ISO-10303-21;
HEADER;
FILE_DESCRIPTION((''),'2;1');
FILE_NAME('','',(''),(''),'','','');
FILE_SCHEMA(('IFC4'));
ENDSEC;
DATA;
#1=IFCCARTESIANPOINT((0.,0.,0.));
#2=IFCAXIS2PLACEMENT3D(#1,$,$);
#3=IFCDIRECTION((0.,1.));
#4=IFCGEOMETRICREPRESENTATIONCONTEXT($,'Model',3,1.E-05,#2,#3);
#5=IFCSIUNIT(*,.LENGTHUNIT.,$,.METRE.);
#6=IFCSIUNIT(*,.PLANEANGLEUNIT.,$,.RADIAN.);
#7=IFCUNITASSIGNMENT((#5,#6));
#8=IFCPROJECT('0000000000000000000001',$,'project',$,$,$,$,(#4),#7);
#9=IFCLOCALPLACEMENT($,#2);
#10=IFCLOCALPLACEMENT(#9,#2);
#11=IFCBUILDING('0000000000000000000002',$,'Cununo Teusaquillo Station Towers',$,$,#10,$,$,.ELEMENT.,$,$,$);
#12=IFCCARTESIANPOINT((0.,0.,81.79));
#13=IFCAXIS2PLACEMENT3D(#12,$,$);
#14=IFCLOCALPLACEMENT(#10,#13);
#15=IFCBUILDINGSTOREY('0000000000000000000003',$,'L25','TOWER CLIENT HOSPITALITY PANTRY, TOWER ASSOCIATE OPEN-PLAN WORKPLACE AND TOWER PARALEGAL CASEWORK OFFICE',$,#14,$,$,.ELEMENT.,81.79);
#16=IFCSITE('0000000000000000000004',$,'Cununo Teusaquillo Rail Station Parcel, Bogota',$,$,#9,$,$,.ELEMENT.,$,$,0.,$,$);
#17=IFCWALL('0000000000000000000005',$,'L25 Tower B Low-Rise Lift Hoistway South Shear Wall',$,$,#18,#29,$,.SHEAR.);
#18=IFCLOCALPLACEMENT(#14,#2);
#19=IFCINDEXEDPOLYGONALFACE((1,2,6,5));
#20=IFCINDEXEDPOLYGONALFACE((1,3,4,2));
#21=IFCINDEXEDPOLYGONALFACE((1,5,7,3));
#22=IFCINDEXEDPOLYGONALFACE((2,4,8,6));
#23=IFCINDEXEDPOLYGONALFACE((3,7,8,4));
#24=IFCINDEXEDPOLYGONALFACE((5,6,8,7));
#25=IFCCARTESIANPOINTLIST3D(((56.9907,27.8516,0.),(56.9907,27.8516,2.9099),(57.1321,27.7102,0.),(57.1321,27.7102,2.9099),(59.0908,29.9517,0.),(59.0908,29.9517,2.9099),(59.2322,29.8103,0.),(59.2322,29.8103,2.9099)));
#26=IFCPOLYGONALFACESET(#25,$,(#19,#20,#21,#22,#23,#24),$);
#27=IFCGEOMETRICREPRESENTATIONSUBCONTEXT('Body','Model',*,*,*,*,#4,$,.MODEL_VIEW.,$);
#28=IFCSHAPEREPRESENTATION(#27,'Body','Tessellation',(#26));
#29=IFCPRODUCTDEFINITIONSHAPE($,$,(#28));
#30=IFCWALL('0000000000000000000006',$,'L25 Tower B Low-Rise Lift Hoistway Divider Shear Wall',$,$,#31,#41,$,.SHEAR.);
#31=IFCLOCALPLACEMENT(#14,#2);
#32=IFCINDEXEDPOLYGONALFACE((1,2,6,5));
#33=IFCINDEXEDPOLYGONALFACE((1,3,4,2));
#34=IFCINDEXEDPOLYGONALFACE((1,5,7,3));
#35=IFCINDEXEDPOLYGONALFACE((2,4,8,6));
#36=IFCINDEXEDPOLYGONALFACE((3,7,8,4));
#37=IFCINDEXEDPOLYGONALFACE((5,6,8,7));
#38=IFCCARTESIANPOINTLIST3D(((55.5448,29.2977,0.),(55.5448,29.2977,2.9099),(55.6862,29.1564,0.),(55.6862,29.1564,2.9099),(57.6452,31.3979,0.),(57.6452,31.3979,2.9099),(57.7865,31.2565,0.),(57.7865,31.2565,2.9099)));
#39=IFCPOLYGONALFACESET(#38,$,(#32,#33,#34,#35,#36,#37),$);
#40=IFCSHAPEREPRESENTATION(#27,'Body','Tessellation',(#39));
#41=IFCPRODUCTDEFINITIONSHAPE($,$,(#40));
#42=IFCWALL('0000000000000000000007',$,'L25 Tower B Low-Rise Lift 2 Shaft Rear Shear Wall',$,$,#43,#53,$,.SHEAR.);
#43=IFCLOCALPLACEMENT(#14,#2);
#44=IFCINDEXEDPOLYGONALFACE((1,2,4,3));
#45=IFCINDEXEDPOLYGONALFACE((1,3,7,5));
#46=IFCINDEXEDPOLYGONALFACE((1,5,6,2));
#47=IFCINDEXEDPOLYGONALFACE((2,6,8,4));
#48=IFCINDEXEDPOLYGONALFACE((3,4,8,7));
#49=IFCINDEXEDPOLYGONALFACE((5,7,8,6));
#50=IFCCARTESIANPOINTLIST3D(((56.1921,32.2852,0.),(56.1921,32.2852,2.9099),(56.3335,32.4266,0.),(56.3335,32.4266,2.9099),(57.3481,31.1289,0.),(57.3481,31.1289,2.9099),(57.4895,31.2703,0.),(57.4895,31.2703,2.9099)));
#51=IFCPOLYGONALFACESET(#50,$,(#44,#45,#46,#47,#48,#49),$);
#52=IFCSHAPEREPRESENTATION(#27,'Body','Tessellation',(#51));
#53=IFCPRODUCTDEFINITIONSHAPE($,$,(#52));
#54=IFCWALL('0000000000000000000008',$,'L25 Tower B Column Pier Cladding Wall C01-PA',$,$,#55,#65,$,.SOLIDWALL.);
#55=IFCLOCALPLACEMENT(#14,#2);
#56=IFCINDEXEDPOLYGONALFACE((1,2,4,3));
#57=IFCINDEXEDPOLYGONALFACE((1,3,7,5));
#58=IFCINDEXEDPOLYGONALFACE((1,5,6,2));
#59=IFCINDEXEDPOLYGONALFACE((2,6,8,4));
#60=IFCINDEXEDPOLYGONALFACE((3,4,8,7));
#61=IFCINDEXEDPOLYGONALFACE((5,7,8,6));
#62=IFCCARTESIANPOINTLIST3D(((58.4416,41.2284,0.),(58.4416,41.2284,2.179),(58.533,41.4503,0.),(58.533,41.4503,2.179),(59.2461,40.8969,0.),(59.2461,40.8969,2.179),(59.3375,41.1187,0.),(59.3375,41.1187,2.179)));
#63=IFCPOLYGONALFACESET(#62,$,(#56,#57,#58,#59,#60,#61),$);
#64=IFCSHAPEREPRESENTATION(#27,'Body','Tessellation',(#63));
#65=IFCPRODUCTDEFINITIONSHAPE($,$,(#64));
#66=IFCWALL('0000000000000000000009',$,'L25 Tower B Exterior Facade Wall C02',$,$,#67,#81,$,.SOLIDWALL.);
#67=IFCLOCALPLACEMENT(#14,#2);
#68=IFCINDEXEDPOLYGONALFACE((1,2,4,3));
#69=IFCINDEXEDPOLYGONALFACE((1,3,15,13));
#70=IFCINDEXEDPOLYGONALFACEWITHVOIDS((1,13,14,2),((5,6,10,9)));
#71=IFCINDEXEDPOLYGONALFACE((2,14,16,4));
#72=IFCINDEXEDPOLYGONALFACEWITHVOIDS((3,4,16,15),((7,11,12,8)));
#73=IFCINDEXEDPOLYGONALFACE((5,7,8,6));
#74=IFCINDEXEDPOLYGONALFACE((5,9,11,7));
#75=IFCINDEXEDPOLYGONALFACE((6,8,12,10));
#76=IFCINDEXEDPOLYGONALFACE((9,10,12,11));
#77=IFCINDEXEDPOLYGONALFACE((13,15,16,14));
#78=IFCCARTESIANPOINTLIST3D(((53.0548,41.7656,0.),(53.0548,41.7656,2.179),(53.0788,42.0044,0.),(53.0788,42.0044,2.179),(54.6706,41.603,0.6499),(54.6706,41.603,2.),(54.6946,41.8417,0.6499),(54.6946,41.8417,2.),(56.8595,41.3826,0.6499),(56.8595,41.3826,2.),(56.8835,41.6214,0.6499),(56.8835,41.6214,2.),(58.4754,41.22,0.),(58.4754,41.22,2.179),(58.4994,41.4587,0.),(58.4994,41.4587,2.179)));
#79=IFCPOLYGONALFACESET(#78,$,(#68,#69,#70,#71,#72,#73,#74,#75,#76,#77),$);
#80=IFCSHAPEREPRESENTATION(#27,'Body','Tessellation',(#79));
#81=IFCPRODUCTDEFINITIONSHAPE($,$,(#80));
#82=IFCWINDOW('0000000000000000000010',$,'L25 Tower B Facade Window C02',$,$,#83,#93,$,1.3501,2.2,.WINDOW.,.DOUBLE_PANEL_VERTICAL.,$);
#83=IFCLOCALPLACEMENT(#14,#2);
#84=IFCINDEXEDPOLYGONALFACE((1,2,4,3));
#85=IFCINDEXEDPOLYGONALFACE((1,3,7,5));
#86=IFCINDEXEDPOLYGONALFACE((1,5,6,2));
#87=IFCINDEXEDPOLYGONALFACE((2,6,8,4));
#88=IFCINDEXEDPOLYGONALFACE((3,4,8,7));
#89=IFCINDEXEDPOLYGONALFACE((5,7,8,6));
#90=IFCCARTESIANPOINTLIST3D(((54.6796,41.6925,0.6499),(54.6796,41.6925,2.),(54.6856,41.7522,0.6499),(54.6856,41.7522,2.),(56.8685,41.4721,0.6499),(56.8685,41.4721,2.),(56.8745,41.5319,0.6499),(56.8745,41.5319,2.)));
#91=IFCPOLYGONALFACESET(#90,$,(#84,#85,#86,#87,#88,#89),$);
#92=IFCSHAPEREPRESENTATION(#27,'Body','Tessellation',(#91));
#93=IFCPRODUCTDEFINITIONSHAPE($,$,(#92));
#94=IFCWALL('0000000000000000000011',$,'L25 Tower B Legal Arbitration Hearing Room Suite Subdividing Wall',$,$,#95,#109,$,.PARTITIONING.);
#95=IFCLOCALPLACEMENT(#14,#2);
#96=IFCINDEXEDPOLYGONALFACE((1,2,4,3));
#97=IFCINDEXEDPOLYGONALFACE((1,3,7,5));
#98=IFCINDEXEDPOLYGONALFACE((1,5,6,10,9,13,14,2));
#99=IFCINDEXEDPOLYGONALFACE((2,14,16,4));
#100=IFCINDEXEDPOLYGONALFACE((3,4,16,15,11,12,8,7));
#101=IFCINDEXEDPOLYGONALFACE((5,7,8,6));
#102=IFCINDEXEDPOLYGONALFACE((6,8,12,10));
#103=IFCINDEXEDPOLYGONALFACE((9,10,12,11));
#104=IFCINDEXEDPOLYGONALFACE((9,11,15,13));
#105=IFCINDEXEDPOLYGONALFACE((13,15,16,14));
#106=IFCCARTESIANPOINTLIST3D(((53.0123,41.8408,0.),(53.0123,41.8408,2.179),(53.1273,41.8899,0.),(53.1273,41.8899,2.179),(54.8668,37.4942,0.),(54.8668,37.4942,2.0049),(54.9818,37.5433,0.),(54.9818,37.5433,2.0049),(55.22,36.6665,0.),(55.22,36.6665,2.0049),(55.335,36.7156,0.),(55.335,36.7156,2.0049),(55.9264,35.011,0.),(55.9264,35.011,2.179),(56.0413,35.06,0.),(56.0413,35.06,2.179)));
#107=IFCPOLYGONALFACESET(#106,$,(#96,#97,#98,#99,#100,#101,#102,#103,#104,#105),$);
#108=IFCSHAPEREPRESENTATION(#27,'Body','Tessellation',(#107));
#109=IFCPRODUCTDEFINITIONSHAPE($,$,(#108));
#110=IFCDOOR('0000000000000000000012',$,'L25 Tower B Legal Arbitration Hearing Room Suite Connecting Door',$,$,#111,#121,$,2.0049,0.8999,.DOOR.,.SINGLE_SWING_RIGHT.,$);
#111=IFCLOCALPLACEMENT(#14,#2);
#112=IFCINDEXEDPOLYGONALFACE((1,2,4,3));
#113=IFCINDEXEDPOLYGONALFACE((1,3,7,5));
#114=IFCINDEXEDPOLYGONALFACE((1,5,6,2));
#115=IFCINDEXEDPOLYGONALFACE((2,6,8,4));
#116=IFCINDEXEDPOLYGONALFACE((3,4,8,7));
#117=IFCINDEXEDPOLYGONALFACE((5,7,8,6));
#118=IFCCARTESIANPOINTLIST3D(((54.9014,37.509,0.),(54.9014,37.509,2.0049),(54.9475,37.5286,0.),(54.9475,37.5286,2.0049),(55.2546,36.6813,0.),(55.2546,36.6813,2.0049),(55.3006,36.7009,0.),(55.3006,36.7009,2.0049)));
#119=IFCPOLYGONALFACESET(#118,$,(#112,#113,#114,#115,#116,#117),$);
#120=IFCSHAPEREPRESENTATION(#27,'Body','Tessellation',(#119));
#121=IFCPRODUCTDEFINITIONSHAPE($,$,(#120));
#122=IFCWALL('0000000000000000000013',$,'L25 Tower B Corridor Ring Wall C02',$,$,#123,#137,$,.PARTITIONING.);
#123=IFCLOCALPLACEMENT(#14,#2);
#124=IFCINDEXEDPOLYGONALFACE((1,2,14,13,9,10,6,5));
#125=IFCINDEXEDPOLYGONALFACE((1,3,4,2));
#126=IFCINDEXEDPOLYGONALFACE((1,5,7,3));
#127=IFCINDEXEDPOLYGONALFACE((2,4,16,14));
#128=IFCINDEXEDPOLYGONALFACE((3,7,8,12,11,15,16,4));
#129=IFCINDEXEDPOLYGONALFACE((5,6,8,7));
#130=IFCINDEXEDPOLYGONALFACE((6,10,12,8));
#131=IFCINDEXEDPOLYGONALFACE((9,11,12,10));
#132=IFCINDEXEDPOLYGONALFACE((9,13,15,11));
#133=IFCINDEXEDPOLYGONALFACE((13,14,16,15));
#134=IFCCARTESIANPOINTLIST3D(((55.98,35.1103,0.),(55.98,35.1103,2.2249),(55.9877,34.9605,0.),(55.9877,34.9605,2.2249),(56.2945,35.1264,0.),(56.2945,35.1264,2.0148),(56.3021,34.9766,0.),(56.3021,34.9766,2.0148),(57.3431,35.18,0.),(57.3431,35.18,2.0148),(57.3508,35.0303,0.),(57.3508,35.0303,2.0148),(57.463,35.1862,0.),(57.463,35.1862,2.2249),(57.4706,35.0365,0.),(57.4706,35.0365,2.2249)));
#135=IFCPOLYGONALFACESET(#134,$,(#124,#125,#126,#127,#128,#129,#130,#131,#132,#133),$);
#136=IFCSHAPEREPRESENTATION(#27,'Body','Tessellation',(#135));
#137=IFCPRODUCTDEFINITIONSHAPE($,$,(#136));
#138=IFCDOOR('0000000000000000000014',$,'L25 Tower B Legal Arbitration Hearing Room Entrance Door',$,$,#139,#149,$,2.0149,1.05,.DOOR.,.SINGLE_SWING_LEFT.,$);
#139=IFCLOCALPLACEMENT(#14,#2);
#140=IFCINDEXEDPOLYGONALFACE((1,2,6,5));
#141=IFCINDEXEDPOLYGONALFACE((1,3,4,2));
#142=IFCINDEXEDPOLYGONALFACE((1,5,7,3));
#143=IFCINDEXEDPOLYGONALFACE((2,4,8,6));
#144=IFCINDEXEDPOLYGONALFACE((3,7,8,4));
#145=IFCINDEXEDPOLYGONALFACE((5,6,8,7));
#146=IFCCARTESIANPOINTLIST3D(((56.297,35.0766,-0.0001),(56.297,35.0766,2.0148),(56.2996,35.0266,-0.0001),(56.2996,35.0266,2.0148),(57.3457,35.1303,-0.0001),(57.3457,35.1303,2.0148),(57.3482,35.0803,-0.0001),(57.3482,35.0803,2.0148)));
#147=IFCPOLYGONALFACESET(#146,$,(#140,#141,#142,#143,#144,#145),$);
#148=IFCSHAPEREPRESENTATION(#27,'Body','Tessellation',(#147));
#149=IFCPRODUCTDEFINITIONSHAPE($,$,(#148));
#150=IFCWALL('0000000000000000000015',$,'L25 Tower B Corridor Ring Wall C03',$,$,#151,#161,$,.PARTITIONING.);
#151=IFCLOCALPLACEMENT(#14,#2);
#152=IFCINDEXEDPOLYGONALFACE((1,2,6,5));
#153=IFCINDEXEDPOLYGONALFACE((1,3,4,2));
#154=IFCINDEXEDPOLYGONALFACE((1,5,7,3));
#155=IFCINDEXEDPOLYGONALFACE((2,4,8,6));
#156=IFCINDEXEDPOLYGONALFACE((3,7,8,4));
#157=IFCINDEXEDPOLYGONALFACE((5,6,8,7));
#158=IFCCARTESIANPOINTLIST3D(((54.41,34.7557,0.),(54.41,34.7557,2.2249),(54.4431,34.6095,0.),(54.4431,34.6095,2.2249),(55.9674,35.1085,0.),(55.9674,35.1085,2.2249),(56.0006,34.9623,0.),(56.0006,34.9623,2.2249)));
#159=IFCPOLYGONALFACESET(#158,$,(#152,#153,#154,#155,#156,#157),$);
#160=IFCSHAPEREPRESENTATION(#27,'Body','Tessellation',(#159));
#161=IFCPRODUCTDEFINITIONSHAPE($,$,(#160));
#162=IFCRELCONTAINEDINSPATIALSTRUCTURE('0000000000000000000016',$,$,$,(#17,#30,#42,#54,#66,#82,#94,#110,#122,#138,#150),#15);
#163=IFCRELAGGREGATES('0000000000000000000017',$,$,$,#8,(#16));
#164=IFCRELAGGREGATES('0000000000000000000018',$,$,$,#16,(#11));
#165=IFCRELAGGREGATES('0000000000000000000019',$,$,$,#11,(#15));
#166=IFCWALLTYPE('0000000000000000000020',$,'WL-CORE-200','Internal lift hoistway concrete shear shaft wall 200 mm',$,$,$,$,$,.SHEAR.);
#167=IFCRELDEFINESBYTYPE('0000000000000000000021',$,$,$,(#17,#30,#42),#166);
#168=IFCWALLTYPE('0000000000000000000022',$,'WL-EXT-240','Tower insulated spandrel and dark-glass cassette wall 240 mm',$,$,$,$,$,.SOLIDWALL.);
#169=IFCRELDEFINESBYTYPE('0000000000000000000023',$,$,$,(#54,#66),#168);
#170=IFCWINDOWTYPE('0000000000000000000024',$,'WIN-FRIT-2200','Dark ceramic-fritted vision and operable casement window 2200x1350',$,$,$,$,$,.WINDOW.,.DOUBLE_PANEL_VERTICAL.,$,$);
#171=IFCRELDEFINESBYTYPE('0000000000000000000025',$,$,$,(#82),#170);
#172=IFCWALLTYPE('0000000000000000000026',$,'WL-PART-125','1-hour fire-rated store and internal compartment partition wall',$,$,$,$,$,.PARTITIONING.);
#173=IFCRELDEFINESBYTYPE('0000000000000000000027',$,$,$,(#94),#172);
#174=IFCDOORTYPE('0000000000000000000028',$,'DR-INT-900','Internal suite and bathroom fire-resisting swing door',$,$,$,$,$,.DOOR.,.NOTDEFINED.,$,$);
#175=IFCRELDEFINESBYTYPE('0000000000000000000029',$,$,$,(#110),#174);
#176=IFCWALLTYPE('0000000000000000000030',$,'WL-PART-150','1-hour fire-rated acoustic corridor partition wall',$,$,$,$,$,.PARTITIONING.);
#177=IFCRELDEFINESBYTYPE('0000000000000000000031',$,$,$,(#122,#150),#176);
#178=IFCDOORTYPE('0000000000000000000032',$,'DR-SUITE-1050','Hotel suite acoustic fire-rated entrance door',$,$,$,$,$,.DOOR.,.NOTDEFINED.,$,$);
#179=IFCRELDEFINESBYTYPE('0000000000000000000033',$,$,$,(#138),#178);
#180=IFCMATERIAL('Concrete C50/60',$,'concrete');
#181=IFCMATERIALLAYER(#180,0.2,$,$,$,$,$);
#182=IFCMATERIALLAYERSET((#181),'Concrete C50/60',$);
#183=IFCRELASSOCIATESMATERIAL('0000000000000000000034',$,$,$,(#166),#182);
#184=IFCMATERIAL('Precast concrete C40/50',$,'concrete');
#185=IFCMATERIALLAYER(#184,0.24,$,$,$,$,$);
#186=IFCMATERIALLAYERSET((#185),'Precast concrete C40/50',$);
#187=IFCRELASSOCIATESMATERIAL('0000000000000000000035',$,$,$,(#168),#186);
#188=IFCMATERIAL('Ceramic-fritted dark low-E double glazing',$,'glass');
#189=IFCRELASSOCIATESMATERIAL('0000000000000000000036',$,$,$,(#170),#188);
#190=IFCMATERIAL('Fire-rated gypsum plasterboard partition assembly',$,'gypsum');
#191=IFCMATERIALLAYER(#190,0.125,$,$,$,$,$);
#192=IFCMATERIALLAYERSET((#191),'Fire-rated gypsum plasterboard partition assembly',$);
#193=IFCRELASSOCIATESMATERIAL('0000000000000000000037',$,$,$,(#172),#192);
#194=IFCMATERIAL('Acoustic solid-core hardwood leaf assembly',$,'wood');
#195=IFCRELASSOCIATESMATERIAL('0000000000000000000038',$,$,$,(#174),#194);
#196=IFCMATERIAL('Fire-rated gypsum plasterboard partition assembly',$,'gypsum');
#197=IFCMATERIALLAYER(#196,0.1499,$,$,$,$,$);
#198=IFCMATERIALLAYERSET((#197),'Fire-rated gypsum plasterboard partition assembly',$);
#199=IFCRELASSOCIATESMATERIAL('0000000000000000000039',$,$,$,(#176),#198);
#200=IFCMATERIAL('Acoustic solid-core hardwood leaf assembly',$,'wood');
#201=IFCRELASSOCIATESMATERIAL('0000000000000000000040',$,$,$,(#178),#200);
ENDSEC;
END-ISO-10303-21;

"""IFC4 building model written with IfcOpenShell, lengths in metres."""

from ifc_helpers import new_model, si_unit, direction, frame, frame_2d, origin, place, context, subcontext, project, spatial, rectangle, extrude, source, transform, mapped, material, layer, layer_set, type_object, element, fill, save


model = new_model("IFC4")

# Units and contexts
model_context = context("Model", 3, precision=1e-05, world=origin(), true_north=direction((0.0, 1.0)))
body_context = subcontext(model_context, "Body", "Model", "MODEL_VIEW")
ifc_project = project(units=[si_unit("LENGTHUNIT", "METRE"), si_unit("PLANEANGLEUNIT", "RADIAN")], contexts=[model_context])

# Site, building, storey
site_placement = place(None, origin())
site = spatial("IfcSite", under=ifc_project, at=site_placement, Name="Cununo Teusaquillo Rail Station Parcel, Bogota", CompositionType="ELEMENT", RefElevation=0.0)
building_placement = place(site_placement, origin())
building = spatial("IfcBuilding", under=site, at=building_placement, Name="Cununo Teusaquillo Station Towers", CompositionType="ELEMENT")
storey_placement = place(building_placement, frame((0.0, 0.0, 81.79)))
storey = spatial("IfcBuildingStorey", under=building, at=storey_placement, Name="L25", Description="TOWER CLIENT HOSPITALITY PANTRY, TOWER ASSOCIATE OPEN-PLAN WORKPLACE AND TOWER PARALEGAL CASEWORK OFFICE", CompositionType="ELEMENT", Elevation=81.79)

# Walls
ifc_material_1 = material(Name="Concrete C50/60", Category="concrete")
ifc_layer_1 = layer(ifc_material_1, 0.2)
ifc_layer_set_1 = layer_set([ifc_layer_1], Name="Concrete C50/60")
wall_type_1 = type_object("IfcWallType", Name="WL-CORE-200", Description="Internal lift hoistway concrete shear shaft wall 200 mm", PredefinedType="SHEAR", material=ifc_layer_set_1)
wall_1_placement = place(storey_placement, frame((57.0615, 27.781, 0.0), z_axis=(0.0, 0.0, 1.0), x_axis=(0.707107, 0.707107, 0.0)))
element("IfcWall", 1, at=wall_1_placement, inside=storey, type_object=wall_type_1, Name="L25 Tower B Low-Rise Lift Hoistway South Shear Wall", PredefinedType="SHEAR", context=body_context, shape_type="SweptSolid", body=[
    extrude(rectangle(XDim=2.97, YDim=0.2, at=frame_2d((1.4849, 0.0))), origin(), (0.0, 0.0, 1.0), 2.9099),
])
wall_2_placement = place(storey_placement, frame((55.6155, 29.2271, 0.0), z_axis=(0.0, 0.0, 1.0), x_axis=(0.707148, 0.707066, 0.0)))
element("IfcWall", 2, at=wall_2_placement, inside=storey, type_object=wall_type_1, Name="L25 Tower B Low-Rise Lift Hoistway Divider Shear Wall", PredefinedType="SHEAR", context=body_context, shape_type="SweptSolid", body=[
    extrude(rectangle(XDim=2.9702, YDim=0.2, at=frame_2d((1.4851, 0.0))), origin(), (0.0, 0.0, 1.0), 2.9099),
])
wall_3_placement = place(storey_placement, frame((57.4187, 31.1997, 0.0), z_axis=(0.0, 0.0, 1.0), x_axis=(-0.707032, 0.707181, 0.0)))
element("IfcWall", 3, at=wall_3_placement, inside=storey, type_object=wall_type_1, Name="L25 Tower B Low-Rise Lift 2 Shaft Rear Shear Wall", PredefinedType="SHEAR", context=body_context, shape_type="SweptSolid", body=[
    extrude(rectangle(XDim=1.635, YDim=0.2, at=frame_2d((0.8174, 0.0))), origin(), (0.0, 0.0, 1.0), 2.9099),
])
ifc_material_2 = material(Name="Precast concrete C40/50", Category="concrete")
ifc_layer_2 = layer(ifc_material_2, 0.24)
ifc_layer_set_2 = layer_set([ifc_layer_2], Name="Precast concrete C40/50")
wall_type_2 = type_object("IfcWallType", Name="WL-EXT-240", Description="Tower insulated spandrel and dark-glass cassette wall 240 mm", PredefinedType="SOLIDWALL", material=ifc_layer_set_2)
wall_4_placement = place(storey_placement, frame((58.4873, 41.3394, 0.0), z_axis=(0.0, 0.0, 1.0), x_axis=(0.924556, -0.381046, 0.0)))
element("IfcWall", 4, at=wall_4_placement, inside=storey, type_object=wall_type_2, Name="L25 Tower B Column Pier Cladding Wall C01-PA", PredefinedType="SOLIDWALL", context=body_context, shape_type="SweptSolid", body=[
    extrude(rectangle(XDim=0.8701, YDim=0.24, at=frame_2d((0.4351, 0.0))), origin(), (0.0, 0.0, 1.0), 2.179),
])

# Wall, opening, window
wall_5_placement = place(storey_placement, frame((53.0667, 41.885, 0.0), z_axis=(0.0, 0.0, 1.0), x_axis=(0.994972, -0.100156, 0.0)))
wall_5 = element("IfcWall", 5, at=wall_5_placement, inside=storey, type_object=wall_type_2, Name="L25 Tower B Exterior Facade Wall C02", PredefinedType="SOLIDWALL", context=body_context, shape_type="SweptSolid", body=[
    extrude(rectangle(XDim=5.448, YDim=0.24, at=frame_2d((2.7241, 0.0))), origin(), (0.0, 0.0, 1.0), 2.179),
])
shared_shape_1 = source(origin(), body_context, "Body", "SweptSolid", [
    extrude(rectangle(XDim=2.2, YDim=1.3501, at=frame_2d((1.1001, 0.675))), frame((0.0, 0.1299, 0.0), z_axis=(0.0, -1.0, 0.0), x_axis=(1.0, 0.0, 0.0)), (0.0, 0.0, 1.0), 0.26),
])
opening_1_placement = place(wall_5_placement, frame((1.624, 0.0, 0.6499)))
opening_1 = element("IfcOpeningElement", 6, at=opening_1_placement, cuts=wall_5, PredefinedType="OPENING", context=body_context, shape_type="MappedRepresentation", body=[
    mapped(shared_shape_1, transform((0.0, 0.0, 0.0), x_axis=(1.0, 0.0, 0.0), y_axis=(0.0, 1.0, 0.0), z_axis=(0.0, 0.0, 1.0), scale=1.0)),
])
ifc_material_3 = material(Name="Ceramic-fritted dark low-E double glazing", Category="glass")
window_type = type_object("IfcWindowType", Name="WIN-FRIT-2200", Description="Dark ceramic-fritted vision and operable casement window 2200x1350", PartitioningType="DOUBLE_PANEL_VERTICAL", PredefinedType="WINDOW", material=ifc_material_3)
shared_shape_2 = source(origin(), body_context, "Body", "SweptSolid", [
    extrude(rectangle(XDim=2.2, YDim=1.3501, at=frame_2d((1.1001, 0.675))), frame((0.0, 0.03, 0.0), z_axis=(0.0, -1.0, 0.0), x_axis=(1.0, 0.0, 0.0)), (0.0, 0.0, 1.0), 0.0601),
])
window_placement = place(opening_1_placement, origin())
window = element("IfcWindow", 7, at=window_placement, inside=storey, type_object=window_type, Name="L25 Tower B Facade Window C02", OverallHeight=1.3501, OverallWidth=2.2, PartitioningType="DOUBLE_PANEL_VERTICAL", PredefinedType="WINDOW", context=body_context, shape_type="MappedRepresentation", body=[
    mapped(shared_shape_2, transform((0.0, 0.0, 0.0), x_axis=(1.0, 0.0, 0.0), y_axis=(0.0, 1.0, 0.0), z_axis=(0.0, 0.0, 1.0), scale=1.0)),
])
fill(opening_1, window)

# Walls, openings, doors
ifc_material_4 = material(Name="Fire-rated gypsum plasterboard partition assembly", Category="gypsum")
ifc_layer_3 = layer(ifc_material_4, 0.125)
ifc_layer_set_3 = layer_set([ifc_layer_3], Name="Fire-rated gypsum plasterboard partition assembly")
wall_type_3 = type_object("IfcWallType", Name="WL-PART-125", Description="1-hour fire-rated store and internal compartment partition wall", PredefinedType="PARTITIONING", material=ifc_layer_set_3)
wall_6_placement = place(storey_placement, frame((55.9839, 35.0354, 0.0), z_axis=(0.0, 0.0, 1.0), x_axis=(-0.392439, 0.919778, 0.0)))
wall_6 = element("IfcWall", 8, at=wall_6_placement, inside=storey, type_object=wall_type_3, Name="L25 Tower B Legal Arbitration Hearing Room Suite Subdividing Wall", PredefinedType="PARTITIONING", context=body_context, shape_type="SweptSolid", body=[
    extrude(rectangle(XDim=7.4255, YDim=0.125, at=frame_2d((3.7129, 0.0))), origin(), (0.0, 0.0, 1.0), 2.179),
])
shared_shape_3 = source(origin(), body_context, "Body", "SweptSolid", [
    extrude(rectangle(XDim=0.8999, YDim=2.0049, at=frame_2d((0.45, 1.0024))), frame((0.0, 0.0725, 0.0), z_axis=(0.0, -1.0, 0.0), x_axis=(1.0, 0.0, 0.0)), (0.0, 0.0, 1.0), 0.145),
])
opening_2_placement = place(wall_6_placement, frame((1.8, 0.0, 0.0)))
opening_2 = element("IfcOpeningElement", 9, at=opening_2_placement, cuts=wall_6, PredefinedType="OPENING", context=body_context, shape_type="MappedRepresentation", body=[
    mapped(shared_shape_3, transform((0.0, 0.0, 0.0), x_axis=(1.0, 0.0, 0.0), y_axis=(0.0, 1.0, 0.0), z_axis=(0.0, 0.0, 1.0), scale=1.0)),
])
ifc_material_5 = material(Name="Acoustic solid-core hardwood leaf assembly", Category="wood")
door_type_1 = type_object("IfcDoorType", Name="DR-INT-900", Description="Internal suite and bathroom fire-resisting swing door", OperationType="NOTDEFINED", PredefinedType="DOOR", material=ifc_material_5)
shared_shape_4 = source(origin(), body_context, "Body", "SweptSolid", [
    extrude(rectangle(XDim=0.8999, YDim=2.0049, at=frame_2d((0.45, 1.0024))), frame((0.0, 0.0249, 0.0), z_axis=(0.0, -1.0, 0.0), x_axis=(1.0, 0.0, 0.0)), (0.0, 0.0, 1.0), 0.05),
])
door_1_placement = place(opening_2_placement, origin())
door_1 = element("IfcDoor", 10, at=door_1_placement, inside=storey, type_object=door_type_1, Name="L25 Tower B Legal Arbitration Hearing Room Suite Connecting Door", OperationType="SINGLE_SWING_RIGHT", OverallHeight=2.0049, OverallWidth=0.8999, PredefinedType="DOOR", context=body_context, shape_type="MappedRepresentation", body=[
    mapped(shared_shape_4, transform((0.0, 0.0, 0.0), x_axis=(1.0, 0.0, 0.0), y_axis=(0.0, 1.0, 0.0), z_axis=(0.0, 0.0, 1.0), scale=1.0)),
])
fill(opening_2, door_1)
ifc_material_6 = material(Name="Fire-rated gypsum plasterboard partition assembly", Category="gypsum")
ifc_layer_4 = layer(ifc_material_6, 0.1499)
ifc_layer_set_4 = layer_set([ifc_layer_4], Name="Fire-rated gypsum plasterboard partition assembly")
wall_type_4 = type_object("IfcWallType", Name="WL-PART-150", Description="1-hour fire-rated acoustic corridor partition wall", PredefinedType="PARTITIONING", material=ifc_layer_set_4)
wall_7_placement = place(storey_placement, frame((57.4668, 35.1113, 0.0), z_axis=(0.0, 0.0, 1.0), x_axis=(-0.998692, -0.051135, 0.0)))
wall_7 = element("IfcWall", 11, at=wall_7_placement, inside=storey, type_object=wall_type_4, Name="L25 Tower B Corridor Ring Wall C02", PredefinedType="PARTITIONING", context=body_context, shape_type="SweptSolid", body=[
    extrude(rectangle(XDim=1.4849, YDim=0.1499, at=frame_2d((0.7424, 0.0))), origin(), (0.0, 0.0, 1.0), 2.2249),
])
shared_shape_5 = source(origin(), body_context, "Body", "SweptSolid", [
    extrude(rectangle(XDim=1.05, YDim=2.0149, at=frame_2d((0.5249, 1.0073))), frame((0.0, 0.085, 0.0), z_axis=(0.0, -1.0, 0.0), x_axis=(1.0, 0.0, 0.0)), (0.0, 0.0, 1.0), 0.1699),
])
opening_3_placement = place(wall_7_placement, frame((0.1201, 0.0, 0.0)))
opening_3 = element("IfcOpeningElement", 12, at=opening_3_placement, cuts=wall_7, PredefinedType="OPENING", context=body_context, shape_type="MappedRepresentation", body=[
    mapped(shared_shape_5, transform((0.0, 0.0, 0.0), x_axis=(1.0, 0.0, 0.0), y_axis=(0.0, 1.0, 0.0), z_axis=(0.0, 0.0, 1.0), scale=1.0)),
])
ifc_material_7 = material(Name="Acoustic solid-core hardwood leaf assembly", Category="wood")
door_type_2 = type_object("IfcDoorType", Name="DR-SUITE-1050", Description="Hotel suite acoustic fire-rated entrance door", OperationType="NOTDEFINED", PredefinedType="DOOR", material=ifc_material_7)
shared_shape_6 = source(origin(), body_context, "Body", "SweptSolid", [
    extrude(rectangle(XDim=1.05, YDim=2.0149, at=frame_2d((0.5249, 1.0073))), frame((0.0, 0.0249, 0.0), z_axis=(0.0, -1.0, 0.0), x_axis=(1.0, 0.0, 0.0)), (0.0, 0.0, 1.0), 0.05),
])
door_2_placement = place(opening_3_placement, origin())
door_2 = element("IfcDoor", 13, at=door_2_placement, inside=storey, type_object=door_type_2, Name="L25 Tower B Legal Arbitration Hearing Room Entrance Door", OperationType="SINGLE_SWING_LEFT", OverallHeight=2.0149, OverallWidth=1.05, PredefinedType="DOOR", context=body_context, shape_type="MappedRepresentation", body=[
    mapped(shared_shape_6, transform((0.0, 0.0, 0.0), x_axis=(1.0, 0.0, 0.0), y_axis=(0.0, 1.0, 0.0), z_axis=(0.0, 0.0, 1.0), scale=1.0)),
])
fill(opening_3, door_2)

# Wall
wall_8_placement = place(storey_placement, frame((55.9839, 35.0354, 0.0), z_axis=(0.0, 0.0, 1.0), x_axis=(-0.97529, -0.220927, 0.0)))
element("IfcWall", 14, at=wall_8_placement, inside=storey, type_object=wall_type_4, Name="L25 Tower B Corridor Ring Wall C03", PredefinedType="PARTITIONING", context=body_context, shape_type="SweptSolid", body=[
    extrude(rectangle(XDim=1.5969, YDim=0.1499, at=frame_2d((0.7983, 0.0))), origin(), (0.0, 0.0, 1.0), 2.2249),
])

save(model, "model.ifc")
